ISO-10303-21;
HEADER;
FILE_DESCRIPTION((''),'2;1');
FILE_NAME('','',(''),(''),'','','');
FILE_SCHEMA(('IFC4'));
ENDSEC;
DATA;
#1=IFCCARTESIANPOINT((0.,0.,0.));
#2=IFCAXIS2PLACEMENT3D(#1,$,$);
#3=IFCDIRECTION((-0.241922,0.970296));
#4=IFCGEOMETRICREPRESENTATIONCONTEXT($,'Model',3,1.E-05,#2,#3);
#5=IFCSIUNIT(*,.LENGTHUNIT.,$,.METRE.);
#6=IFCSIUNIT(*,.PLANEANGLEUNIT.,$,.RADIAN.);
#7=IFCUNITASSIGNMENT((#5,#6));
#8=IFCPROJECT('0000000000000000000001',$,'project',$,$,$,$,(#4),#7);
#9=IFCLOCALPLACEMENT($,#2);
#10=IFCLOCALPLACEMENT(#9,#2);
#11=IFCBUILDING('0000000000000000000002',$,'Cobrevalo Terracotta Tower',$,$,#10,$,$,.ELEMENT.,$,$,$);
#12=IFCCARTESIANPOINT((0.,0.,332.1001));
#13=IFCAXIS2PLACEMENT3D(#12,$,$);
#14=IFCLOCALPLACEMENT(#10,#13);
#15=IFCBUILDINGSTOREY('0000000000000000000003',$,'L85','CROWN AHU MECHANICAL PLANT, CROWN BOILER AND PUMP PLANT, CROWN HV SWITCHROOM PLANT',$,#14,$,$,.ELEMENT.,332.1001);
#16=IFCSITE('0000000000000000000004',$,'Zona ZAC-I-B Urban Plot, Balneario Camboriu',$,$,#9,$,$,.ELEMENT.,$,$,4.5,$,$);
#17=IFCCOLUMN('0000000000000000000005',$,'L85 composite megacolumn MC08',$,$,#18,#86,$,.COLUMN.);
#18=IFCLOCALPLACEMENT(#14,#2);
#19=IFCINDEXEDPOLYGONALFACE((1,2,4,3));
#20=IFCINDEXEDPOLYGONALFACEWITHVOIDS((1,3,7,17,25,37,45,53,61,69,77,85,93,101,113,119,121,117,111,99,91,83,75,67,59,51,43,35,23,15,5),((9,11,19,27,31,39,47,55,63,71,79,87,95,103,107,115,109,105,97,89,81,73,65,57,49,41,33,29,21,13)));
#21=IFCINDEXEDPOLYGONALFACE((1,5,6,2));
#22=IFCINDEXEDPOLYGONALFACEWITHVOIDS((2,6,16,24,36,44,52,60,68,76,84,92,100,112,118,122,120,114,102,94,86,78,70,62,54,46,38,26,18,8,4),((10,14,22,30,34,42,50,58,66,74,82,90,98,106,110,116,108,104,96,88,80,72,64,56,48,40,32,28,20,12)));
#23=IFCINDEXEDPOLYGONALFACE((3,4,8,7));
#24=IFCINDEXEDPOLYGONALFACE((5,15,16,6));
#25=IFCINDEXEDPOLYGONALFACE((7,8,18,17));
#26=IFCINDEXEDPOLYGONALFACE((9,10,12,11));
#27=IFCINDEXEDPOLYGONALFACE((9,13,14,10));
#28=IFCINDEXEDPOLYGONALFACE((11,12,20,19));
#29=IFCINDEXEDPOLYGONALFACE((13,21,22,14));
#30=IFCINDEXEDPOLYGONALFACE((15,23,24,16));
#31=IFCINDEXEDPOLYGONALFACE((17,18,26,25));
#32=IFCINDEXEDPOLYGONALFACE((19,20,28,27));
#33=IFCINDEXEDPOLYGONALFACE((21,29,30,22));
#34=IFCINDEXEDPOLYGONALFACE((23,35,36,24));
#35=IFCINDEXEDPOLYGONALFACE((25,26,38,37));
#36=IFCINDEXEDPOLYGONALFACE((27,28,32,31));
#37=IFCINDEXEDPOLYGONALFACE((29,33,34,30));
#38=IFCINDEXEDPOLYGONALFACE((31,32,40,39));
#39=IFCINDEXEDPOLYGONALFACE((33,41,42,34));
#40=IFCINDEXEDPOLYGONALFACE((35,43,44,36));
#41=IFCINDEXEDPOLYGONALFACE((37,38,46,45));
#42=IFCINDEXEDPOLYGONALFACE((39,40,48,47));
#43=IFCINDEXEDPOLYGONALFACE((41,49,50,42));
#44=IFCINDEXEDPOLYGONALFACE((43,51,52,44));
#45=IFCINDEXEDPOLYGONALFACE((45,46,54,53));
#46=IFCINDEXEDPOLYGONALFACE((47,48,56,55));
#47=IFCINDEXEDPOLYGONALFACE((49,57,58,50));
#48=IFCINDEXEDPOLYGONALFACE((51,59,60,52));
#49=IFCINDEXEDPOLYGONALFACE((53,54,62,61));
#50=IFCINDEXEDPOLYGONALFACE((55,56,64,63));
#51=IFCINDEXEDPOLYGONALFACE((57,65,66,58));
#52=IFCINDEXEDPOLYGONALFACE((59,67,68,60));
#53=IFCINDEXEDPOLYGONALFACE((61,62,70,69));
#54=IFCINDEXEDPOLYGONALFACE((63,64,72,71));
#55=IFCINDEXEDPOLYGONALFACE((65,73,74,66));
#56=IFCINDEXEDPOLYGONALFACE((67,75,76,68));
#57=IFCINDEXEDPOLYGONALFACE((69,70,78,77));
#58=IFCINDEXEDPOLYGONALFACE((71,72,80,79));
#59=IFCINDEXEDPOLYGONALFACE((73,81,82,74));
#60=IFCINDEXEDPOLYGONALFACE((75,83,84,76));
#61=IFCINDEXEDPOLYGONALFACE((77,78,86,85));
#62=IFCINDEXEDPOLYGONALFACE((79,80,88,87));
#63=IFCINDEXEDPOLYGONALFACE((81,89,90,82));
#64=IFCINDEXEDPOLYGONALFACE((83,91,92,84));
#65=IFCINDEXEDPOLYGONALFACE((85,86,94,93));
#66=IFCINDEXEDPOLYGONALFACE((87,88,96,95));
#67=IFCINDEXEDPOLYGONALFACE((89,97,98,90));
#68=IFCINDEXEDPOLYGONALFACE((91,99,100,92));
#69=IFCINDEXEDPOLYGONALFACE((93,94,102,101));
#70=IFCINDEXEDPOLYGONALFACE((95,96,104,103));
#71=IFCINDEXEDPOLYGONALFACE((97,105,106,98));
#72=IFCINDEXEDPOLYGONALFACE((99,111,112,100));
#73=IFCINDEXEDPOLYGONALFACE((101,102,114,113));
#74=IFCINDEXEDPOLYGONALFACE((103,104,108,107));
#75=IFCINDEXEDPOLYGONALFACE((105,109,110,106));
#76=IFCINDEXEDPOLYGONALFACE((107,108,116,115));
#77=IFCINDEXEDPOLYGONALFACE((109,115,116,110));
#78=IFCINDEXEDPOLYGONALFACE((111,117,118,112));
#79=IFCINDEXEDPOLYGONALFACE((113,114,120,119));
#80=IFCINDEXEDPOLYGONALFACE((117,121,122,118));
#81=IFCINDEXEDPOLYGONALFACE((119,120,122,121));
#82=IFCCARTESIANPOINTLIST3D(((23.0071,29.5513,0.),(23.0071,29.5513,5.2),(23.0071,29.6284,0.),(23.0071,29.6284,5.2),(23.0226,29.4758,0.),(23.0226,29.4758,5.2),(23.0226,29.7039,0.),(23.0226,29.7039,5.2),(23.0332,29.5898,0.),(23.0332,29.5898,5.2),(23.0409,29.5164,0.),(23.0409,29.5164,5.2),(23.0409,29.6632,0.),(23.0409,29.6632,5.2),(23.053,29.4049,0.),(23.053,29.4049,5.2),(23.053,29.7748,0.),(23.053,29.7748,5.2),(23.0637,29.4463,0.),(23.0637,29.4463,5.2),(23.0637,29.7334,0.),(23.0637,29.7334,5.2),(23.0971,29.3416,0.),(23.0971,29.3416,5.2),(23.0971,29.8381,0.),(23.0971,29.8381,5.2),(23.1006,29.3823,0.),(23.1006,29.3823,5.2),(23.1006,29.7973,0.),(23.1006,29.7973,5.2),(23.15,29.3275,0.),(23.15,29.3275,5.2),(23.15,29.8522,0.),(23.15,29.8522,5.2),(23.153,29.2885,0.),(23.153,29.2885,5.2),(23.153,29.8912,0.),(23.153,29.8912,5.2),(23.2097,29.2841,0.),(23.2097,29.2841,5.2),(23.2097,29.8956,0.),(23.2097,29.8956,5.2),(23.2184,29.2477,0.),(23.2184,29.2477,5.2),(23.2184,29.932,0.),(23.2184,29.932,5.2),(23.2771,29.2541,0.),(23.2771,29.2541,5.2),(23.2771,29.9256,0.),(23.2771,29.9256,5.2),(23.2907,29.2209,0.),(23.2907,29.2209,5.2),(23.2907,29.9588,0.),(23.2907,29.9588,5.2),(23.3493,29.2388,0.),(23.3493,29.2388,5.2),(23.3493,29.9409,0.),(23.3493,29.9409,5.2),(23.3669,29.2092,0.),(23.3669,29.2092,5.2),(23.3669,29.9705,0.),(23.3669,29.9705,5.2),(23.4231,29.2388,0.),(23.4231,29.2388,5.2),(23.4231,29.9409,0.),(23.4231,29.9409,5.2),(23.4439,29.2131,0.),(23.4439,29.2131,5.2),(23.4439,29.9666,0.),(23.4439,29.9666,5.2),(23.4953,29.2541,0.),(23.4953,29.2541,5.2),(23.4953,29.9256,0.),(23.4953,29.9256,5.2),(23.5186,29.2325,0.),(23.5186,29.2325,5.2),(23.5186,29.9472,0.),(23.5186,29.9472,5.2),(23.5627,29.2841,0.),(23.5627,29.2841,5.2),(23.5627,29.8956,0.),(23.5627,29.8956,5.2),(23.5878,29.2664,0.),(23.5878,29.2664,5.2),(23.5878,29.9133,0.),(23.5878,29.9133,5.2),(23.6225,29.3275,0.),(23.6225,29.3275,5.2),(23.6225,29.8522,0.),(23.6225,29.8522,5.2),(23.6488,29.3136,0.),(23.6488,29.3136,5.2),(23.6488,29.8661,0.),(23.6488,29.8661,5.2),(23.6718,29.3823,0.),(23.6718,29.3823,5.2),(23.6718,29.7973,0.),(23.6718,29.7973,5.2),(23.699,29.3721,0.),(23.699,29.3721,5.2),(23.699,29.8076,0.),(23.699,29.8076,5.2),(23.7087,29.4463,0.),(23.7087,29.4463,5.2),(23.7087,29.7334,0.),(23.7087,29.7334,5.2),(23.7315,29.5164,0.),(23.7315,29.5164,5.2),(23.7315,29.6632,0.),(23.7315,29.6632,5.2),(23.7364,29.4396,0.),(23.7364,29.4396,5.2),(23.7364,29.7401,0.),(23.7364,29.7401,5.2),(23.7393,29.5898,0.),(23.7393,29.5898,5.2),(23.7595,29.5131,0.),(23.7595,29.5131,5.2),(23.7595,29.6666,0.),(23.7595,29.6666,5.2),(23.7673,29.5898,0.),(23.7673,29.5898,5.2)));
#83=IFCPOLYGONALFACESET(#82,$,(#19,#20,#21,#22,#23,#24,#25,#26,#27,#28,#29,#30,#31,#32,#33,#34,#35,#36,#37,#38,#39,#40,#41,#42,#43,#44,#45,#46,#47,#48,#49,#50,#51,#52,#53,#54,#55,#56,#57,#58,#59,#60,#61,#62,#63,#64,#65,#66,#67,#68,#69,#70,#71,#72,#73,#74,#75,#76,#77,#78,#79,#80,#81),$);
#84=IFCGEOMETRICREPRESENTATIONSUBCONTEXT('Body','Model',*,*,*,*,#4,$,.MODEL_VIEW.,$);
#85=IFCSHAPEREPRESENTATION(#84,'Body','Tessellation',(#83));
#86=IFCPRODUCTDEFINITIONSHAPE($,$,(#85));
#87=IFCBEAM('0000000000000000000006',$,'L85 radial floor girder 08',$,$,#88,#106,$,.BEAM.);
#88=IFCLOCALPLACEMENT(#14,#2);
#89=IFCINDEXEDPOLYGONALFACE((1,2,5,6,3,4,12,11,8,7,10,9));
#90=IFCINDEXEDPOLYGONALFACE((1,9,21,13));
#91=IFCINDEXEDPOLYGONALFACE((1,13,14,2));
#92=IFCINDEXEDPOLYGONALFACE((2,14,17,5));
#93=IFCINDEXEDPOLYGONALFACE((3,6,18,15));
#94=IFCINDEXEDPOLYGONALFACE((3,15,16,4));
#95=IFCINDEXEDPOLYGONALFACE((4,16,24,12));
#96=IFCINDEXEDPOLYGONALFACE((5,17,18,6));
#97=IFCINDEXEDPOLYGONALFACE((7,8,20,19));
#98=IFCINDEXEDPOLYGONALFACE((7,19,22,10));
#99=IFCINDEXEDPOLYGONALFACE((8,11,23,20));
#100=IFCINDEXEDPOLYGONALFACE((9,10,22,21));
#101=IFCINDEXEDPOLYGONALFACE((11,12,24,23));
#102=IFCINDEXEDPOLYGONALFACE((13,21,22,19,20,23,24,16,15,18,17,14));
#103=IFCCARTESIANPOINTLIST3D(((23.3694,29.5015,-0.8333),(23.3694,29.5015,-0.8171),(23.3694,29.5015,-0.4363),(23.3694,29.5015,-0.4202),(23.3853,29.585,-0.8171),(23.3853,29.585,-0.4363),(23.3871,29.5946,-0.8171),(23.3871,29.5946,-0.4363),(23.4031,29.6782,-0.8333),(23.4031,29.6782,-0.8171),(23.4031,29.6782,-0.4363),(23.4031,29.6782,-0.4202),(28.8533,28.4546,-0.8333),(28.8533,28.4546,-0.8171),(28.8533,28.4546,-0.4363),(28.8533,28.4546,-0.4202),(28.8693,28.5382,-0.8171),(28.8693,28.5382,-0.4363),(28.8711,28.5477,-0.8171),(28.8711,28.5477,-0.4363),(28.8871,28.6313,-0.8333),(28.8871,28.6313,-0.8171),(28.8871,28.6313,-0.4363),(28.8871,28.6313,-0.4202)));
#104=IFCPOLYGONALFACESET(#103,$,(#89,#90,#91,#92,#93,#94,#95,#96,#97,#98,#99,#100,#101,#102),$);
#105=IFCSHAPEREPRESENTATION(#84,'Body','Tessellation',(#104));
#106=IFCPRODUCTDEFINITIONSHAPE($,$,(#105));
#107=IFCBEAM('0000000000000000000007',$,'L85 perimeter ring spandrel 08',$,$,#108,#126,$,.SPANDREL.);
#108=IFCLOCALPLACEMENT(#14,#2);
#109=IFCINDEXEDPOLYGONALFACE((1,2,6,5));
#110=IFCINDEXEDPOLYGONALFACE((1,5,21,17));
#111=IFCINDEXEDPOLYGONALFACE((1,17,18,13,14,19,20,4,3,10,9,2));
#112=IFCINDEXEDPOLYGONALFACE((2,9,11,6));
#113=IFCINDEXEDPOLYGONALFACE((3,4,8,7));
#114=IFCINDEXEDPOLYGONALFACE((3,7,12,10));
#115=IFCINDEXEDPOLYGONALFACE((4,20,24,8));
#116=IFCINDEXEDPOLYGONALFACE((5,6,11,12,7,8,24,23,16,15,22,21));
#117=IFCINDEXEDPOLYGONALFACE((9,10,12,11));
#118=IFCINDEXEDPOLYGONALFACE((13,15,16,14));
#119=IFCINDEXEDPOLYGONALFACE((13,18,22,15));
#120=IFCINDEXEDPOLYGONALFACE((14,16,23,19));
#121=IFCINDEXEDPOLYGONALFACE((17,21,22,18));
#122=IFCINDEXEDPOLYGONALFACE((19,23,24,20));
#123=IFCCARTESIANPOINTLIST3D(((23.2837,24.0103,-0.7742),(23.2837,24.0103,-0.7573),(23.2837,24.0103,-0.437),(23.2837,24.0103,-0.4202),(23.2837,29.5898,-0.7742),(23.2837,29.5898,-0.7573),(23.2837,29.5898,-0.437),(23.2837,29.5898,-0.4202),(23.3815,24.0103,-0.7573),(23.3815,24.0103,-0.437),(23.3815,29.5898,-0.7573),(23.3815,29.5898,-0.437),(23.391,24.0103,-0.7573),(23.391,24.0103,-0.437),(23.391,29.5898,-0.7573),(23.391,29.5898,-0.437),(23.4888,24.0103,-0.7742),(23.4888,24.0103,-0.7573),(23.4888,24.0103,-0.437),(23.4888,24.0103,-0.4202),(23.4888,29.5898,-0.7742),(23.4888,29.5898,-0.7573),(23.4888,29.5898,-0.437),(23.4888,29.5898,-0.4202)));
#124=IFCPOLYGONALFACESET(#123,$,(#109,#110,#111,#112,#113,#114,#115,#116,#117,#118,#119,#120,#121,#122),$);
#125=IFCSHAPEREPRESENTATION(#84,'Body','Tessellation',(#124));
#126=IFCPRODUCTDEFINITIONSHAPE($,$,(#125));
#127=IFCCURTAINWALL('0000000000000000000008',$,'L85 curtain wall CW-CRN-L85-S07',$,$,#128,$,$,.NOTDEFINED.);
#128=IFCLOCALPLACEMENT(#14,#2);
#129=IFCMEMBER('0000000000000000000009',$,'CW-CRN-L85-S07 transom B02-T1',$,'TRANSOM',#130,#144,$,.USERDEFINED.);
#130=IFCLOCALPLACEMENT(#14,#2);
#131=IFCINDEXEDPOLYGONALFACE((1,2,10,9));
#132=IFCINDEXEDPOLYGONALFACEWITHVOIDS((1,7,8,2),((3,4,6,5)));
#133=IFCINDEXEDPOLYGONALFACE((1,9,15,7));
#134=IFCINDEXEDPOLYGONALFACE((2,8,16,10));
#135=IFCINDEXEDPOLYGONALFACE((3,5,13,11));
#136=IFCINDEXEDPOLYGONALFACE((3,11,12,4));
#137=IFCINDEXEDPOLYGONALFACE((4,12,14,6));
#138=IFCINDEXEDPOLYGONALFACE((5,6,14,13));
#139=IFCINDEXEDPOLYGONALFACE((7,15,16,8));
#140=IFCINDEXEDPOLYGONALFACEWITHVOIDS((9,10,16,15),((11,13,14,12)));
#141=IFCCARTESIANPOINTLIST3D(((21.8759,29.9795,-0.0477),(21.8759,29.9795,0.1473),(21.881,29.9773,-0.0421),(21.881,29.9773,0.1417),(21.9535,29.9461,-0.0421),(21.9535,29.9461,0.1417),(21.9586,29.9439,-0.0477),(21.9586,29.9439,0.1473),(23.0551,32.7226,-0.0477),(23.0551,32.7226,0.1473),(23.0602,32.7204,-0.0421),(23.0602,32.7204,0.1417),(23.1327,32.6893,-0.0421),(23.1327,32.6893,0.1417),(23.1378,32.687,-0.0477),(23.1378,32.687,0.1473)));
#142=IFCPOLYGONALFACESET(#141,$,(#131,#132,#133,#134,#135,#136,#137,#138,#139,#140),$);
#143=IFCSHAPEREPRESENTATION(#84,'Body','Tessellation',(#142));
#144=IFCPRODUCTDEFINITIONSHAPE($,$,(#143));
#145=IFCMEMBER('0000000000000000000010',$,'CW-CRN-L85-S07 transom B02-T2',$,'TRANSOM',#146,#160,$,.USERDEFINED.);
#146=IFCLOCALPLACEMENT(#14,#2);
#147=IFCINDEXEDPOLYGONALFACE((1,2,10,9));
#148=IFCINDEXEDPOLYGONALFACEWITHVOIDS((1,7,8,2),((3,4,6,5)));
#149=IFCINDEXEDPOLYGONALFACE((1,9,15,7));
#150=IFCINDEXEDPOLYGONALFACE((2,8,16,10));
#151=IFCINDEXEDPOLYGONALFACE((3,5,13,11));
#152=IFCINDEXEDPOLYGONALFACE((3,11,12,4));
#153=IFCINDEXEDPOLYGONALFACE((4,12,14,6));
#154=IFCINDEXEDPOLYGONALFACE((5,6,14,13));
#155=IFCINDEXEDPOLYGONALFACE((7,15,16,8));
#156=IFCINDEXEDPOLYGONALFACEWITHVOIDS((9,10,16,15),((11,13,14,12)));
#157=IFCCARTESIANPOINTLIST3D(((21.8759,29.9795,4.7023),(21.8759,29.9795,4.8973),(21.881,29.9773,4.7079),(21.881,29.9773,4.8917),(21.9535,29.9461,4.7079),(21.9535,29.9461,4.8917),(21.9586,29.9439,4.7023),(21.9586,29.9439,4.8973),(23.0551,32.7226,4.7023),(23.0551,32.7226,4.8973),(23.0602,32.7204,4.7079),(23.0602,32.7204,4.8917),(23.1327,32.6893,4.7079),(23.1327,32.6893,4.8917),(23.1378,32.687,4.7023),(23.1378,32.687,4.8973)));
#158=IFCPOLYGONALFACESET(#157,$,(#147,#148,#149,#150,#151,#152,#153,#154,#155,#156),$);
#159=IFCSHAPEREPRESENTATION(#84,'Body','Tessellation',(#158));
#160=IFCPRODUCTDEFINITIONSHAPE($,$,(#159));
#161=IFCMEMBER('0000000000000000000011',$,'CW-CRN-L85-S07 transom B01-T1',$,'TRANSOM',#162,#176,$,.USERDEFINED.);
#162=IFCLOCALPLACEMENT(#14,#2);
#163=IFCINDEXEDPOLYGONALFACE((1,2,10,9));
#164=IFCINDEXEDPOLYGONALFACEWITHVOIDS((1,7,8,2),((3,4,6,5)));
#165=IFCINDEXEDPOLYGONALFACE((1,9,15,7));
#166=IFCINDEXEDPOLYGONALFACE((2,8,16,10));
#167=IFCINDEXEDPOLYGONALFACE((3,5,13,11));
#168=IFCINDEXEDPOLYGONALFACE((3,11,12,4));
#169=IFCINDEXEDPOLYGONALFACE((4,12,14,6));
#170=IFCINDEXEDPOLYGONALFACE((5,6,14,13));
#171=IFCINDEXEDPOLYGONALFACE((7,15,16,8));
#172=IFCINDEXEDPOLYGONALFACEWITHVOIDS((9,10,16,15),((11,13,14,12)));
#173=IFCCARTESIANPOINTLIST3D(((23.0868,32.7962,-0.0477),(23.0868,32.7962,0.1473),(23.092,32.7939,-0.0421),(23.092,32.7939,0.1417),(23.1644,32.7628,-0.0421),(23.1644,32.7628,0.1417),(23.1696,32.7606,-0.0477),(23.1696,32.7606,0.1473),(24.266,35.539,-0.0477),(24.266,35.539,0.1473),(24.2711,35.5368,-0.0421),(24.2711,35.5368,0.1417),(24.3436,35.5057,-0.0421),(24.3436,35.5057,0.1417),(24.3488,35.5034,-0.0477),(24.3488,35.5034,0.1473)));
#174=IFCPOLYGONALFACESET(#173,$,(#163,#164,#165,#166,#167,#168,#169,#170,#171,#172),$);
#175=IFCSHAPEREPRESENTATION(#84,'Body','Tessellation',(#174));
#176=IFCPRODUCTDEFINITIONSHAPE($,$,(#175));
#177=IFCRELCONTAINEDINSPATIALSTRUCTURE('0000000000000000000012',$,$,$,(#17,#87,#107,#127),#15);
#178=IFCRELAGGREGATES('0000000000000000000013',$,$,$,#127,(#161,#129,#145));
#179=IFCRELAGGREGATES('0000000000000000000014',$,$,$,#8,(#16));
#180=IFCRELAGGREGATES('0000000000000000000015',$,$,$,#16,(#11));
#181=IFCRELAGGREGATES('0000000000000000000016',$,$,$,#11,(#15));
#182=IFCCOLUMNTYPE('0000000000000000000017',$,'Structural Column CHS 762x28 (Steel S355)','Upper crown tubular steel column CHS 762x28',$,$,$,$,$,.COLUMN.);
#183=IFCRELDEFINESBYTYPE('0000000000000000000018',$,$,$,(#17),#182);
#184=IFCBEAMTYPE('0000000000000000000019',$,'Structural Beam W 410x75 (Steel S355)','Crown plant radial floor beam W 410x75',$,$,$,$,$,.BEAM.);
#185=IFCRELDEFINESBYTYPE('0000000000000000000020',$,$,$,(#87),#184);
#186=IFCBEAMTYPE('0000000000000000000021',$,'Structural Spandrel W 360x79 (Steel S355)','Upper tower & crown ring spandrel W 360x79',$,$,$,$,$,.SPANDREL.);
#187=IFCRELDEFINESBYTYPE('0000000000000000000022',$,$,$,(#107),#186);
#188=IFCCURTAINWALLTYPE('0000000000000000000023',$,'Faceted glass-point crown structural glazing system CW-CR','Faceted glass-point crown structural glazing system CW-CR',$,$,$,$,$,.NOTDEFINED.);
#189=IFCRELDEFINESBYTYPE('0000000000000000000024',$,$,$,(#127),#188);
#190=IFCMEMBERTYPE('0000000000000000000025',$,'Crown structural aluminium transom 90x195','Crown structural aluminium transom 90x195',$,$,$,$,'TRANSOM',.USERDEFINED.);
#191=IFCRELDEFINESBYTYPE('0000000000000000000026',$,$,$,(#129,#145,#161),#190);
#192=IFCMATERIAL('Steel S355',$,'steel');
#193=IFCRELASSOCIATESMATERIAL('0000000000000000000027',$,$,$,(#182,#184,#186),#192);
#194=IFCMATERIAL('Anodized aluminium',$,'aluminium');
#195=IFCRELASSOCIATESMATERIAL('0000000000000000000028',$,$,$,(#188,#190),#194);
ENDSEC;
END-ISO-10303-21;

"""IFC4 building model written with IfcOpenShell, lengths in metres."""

from ifc_helpers import new_model, si_unit, direction, frame, origin, origin_2d, place, context, subcontext, project, spatial, hollow_rectangle, hollow_circle, i_section, extrude, source, transform, mapped, material, material_profile, profile_set, type_object, element, aggregate, save


model = new_model("IFC4")

# Units and contexts
model_context = context("Model", 3, precision=1e-05, world=origin(), true_north=direction((-0.241922, 0.970296)))
body_context = subcontext(model_context, "Body", "Model", "MODEL_VIEW")
ifc_project = project(units=[si_unit("LENGTHUNIT", "METRE"), si_unit("PLANEANGLEUNIT", "RADIAN")], contexts=[model_context])

# Site, building, storey
site_placement = place(None, origin())
site = spatial("IfcSite", under=ifc_project, at=site_placement, Name="Zona ZAC-I-B Urban Plot, Balneario Camboriu", CompositionType="ELEMENT", RefElevation=4.5)
building_placement = place(site_placement, origin())
building = spatial("IfcBuilding", under=site, at=building_placement, Name="Cobrevalo Terracotta Tower", CompositionType="ELEMENT")
storey_placement = place(building_placement, frame((0.0, 0.0, 332.1001)))
storey = spatial("IfcBuildingStorey", under=building, at=storey_placement, Name="L85", Description="CROWN AHU MECHANICAL PLANT, CROWN BOILER AND PUMP PLANT, CROWN HV SWITCHROOM PLANT", CompositionType="ELEMENT", Elevation=332.1001)

# Column
ifc_material_1 = material(Name="Steel S355", Category="steel")
ifc_material_profile_1 = material_profile(ifc_material_1, hollow_circle(Radius=0.3811, WallThickness=0.0281, at=origin_2d()), Name="CHS 762x28")
ifc_profile_set_1 = profile_set([ifc_material_profile_1], Name="Steel S355")
column_type = type_object("IfcColumnType", Name="Structural Column CHS 762x28 (Steel S355)", Description="Upper crown tubular steel column CHS 762x28", PredefinedType="COLUMN", material=ifc_profile_set_1)
column_placement = place(storey_placement, frame((23.3862, 29.5898, 0.0), z_axis=(0.0, 0.0, 1.0), x_axis=(1.0, 0.0, 0.0)))
element("IfcColumn", 1, at=column_placement, inside=storey, type_object=column_type, Name="L85 composite megacolumn MC08", PredefinedType="COLUMN", context=body_context, shape_type="SweptSolid", body=[
    extrude(hollow_circle(Radius=0.3811, WallThickness=0.0281, at=origin_2d()), origin(), (0.0, 0.0, 1.0), 5.2),
])

# Beams
ifc_material_profile_2 = material_profile(ifc_material_1, i_section(OverallWidth=0.1799, OverallDepth=0.4131, WebThickness=0.0098, FlangeThickness=0.0161, at=origin_2d()), Name="W 410x75")
ifc_profile_set_2 = profile_set([ifc_material_profile_2], Name="Steel S355")
beam_type_1 = type_object("IfcBeamType", Name="Structural Beam W 410x75 (Steel S355)", Description="Crown plant radial floor beam W 410x75", PredefinedType="BEAM", material=ifc_profile_set_2)
beam_1_placement = place(storey_placement, frame((23.3862, 29.5898, -0.6267), z_axis=(0.982262, -0.187514, 0.0), x_axis=(0.187514, 0.982262, 0.0)))
element("IfcBeam", 2, at=beam_1_placement, inside=storey, type_object=beam_type_1, Name="L85 radial floor girder 08", PredefinedType="BEAM", context=body_context, shape_type="SweptSolid", body=[
    extrude(i_section(OverallWidth=0.1799, OverallDepth=0.4131, WebThickness=0.0098, FlangeThickness=0.0161, at=origin_2d()), origin(), (0.0, 0.0, 1.0), 5.583),
])
ifc_material_profile_3 = material_profile(ifc_material_1, i_section(OverallWidth=0.2051, OverallDepth=0.354, WebThickness=0.0095, FlangeThickness=0.0168, at=origin_2d()), Name="W 360x79")
ifc_profile_set_3 = profile_set([ifc_material_profile_3], Name="Steel S355")
beam_type_2 = type_object("IfcBeamType", Name="Structural Spandrel W 360x79 (Steel S355)", Description="Upper tower & crown ring spandrel W 360x79", PredefinedType="SPANDREL", material=ifc_profile_set_3)
beam_2_placement = place(storey_placement, frame((23.3862, 29.5898, -0.5972), z_axis=(0.0, -1.0, 0.0), x_axis=(1.0, 0.0, 0.0)))
element("IfcBeam", 3, at=beam_2_placement, inside=storey, type_object=beam_type_2, Name="L85 perimeter ring spandrel 08", PredefinedType="SPANDREL", context=body_context, shape_type="SweptSolid", body=[
    extrude(i_section(OverallWidth=0.2051, OverallDepth=0.354, WebThickness=0.0095, FlangeThickness=0.0168, at=origin_2d()), origin(), (0.0, 0.0, 1.0), 5.5796),
])

# Curtain wall, members
ifc_material_2 = material(Name="Anodized aluminium", Category="aluminium")
curtain_wall_type = type_object("IfcCurtainWallType", Name="Faceted glass-point crown structural glazing system CW-CR", Description="Faceted glass-point crown structural glazing system CW-CR", PredefinedType="NOTDEFINED", material=ifc_material_2)
curtain_wall_1_placement = place(storey_placement, origin())
curtain_wall_1 = element("IfcCurtainWall", 4, at=curtain_wall_1_placement, inside=storey, type_object=curtain_wall_type, Name="L85 curtain wall CW-CRN-L85-S07", PredefinedType="NOTDEFINED")
ifc_material_profile_4 = material_profile(ifc_material_2, hollow_rectangle(XDim=0.0901, YDim=0.1951, WallThickness=0.0056, at=origin_2d()), Name="CWT 90x195")
ifc_profile_set_4 = profile_set([ifc_material_profile_4], Name="Anodized aluminium")
member_type_1 = type_object("IfcMemberType", Name="Crown structural aluminium transom 90x195", Description="Crown structural aluminium transom 90x195", ElementType="TRANSOM", PredefinedType="USERDEFINED", material=ifc_profile_set_4)
shared_shape_1 = source(origin(), body_context, "Body", "SweptSolid", [
    extrude(hollow_rectangle(XDim=0.0901, YDim=0.1951, WallThickness=0.0056, at=origin_2d()), origin(), (0.0, 0.0, 1.0), 2.9858),
])
member_1_placement = place(storey_placement, frame((23.0964, 32.7048, 0.0498), z_axis=(-0.394926, -0.918713, 0.0), x_axis=(0.918713, -0.394926, 0.0)))
member_1 = element("IfcMember", 5, at=member_1_placement, type_object=member_type_1, Name="CW-CRN-L85-S07 transom B02-T1", ObjectType="TRANSOM", PredefinedType="USERDEFINED", context=body_context, shape_type="MappedRepresentation", body=[
    mapped(shared_shape_1, transform((0.0, 0.0, 0.0), scale=1.0)),
])
member_2_placement = place(storey_placement, frame((23.0964, 32.7048, 4.7998), z_axis=(-0.394926, -0.918713, 0.0), x_axis=(0.918713, -0.394926, 0.0)))
member_2 = element("IfcMember", 6, at=member_2_placement, type_object=member_type_1, Name="CW-CRN-L85-S07 transom B02-T2", ObjectType="TRANSOM", PredefinedType="USERDEFINED", context=body_context, shape_type="MappedRepresentation", body=[
    mapped(shared_shape_1, transform((0.0, 0.0, 0.0), scale=1.0)),
])
shared_shape_2 = source(origin(), body_context, "Body", "SweptSolid", [
    extrude(hollow_rectangle(XDim=0.0901, YDim=0.1951, WallThickness=0.0056, at=origin_2d()), origin(), (0.0, 0.0, 1.0), 2.9856),
])
member_3_placement = place(storey_placement, frame((24.3074, 35.5212, 0.0498), z_axis=(-0.394955, -0.9187, 0.0), x_axis=(0.9187, -0.394955, 0.0)))
member_3 = element("IfcMember", 7, at=member_3_placement, type_object=member_type_1, Name="CW-CRN-L85-S07 transom B01-T1", ObjectType="TRANSOM", PredefinedType="USERDEFINED", context=body_context, shape_type="MappedRepresentation", body=[
    mapped(shared_shape_2, transform((0.0, 0.0, 0.0), scale=1.0)),
])

aggregate(curtain_wall_1, [member_3, member_1, member_2])

save(model, "model.ifc")
